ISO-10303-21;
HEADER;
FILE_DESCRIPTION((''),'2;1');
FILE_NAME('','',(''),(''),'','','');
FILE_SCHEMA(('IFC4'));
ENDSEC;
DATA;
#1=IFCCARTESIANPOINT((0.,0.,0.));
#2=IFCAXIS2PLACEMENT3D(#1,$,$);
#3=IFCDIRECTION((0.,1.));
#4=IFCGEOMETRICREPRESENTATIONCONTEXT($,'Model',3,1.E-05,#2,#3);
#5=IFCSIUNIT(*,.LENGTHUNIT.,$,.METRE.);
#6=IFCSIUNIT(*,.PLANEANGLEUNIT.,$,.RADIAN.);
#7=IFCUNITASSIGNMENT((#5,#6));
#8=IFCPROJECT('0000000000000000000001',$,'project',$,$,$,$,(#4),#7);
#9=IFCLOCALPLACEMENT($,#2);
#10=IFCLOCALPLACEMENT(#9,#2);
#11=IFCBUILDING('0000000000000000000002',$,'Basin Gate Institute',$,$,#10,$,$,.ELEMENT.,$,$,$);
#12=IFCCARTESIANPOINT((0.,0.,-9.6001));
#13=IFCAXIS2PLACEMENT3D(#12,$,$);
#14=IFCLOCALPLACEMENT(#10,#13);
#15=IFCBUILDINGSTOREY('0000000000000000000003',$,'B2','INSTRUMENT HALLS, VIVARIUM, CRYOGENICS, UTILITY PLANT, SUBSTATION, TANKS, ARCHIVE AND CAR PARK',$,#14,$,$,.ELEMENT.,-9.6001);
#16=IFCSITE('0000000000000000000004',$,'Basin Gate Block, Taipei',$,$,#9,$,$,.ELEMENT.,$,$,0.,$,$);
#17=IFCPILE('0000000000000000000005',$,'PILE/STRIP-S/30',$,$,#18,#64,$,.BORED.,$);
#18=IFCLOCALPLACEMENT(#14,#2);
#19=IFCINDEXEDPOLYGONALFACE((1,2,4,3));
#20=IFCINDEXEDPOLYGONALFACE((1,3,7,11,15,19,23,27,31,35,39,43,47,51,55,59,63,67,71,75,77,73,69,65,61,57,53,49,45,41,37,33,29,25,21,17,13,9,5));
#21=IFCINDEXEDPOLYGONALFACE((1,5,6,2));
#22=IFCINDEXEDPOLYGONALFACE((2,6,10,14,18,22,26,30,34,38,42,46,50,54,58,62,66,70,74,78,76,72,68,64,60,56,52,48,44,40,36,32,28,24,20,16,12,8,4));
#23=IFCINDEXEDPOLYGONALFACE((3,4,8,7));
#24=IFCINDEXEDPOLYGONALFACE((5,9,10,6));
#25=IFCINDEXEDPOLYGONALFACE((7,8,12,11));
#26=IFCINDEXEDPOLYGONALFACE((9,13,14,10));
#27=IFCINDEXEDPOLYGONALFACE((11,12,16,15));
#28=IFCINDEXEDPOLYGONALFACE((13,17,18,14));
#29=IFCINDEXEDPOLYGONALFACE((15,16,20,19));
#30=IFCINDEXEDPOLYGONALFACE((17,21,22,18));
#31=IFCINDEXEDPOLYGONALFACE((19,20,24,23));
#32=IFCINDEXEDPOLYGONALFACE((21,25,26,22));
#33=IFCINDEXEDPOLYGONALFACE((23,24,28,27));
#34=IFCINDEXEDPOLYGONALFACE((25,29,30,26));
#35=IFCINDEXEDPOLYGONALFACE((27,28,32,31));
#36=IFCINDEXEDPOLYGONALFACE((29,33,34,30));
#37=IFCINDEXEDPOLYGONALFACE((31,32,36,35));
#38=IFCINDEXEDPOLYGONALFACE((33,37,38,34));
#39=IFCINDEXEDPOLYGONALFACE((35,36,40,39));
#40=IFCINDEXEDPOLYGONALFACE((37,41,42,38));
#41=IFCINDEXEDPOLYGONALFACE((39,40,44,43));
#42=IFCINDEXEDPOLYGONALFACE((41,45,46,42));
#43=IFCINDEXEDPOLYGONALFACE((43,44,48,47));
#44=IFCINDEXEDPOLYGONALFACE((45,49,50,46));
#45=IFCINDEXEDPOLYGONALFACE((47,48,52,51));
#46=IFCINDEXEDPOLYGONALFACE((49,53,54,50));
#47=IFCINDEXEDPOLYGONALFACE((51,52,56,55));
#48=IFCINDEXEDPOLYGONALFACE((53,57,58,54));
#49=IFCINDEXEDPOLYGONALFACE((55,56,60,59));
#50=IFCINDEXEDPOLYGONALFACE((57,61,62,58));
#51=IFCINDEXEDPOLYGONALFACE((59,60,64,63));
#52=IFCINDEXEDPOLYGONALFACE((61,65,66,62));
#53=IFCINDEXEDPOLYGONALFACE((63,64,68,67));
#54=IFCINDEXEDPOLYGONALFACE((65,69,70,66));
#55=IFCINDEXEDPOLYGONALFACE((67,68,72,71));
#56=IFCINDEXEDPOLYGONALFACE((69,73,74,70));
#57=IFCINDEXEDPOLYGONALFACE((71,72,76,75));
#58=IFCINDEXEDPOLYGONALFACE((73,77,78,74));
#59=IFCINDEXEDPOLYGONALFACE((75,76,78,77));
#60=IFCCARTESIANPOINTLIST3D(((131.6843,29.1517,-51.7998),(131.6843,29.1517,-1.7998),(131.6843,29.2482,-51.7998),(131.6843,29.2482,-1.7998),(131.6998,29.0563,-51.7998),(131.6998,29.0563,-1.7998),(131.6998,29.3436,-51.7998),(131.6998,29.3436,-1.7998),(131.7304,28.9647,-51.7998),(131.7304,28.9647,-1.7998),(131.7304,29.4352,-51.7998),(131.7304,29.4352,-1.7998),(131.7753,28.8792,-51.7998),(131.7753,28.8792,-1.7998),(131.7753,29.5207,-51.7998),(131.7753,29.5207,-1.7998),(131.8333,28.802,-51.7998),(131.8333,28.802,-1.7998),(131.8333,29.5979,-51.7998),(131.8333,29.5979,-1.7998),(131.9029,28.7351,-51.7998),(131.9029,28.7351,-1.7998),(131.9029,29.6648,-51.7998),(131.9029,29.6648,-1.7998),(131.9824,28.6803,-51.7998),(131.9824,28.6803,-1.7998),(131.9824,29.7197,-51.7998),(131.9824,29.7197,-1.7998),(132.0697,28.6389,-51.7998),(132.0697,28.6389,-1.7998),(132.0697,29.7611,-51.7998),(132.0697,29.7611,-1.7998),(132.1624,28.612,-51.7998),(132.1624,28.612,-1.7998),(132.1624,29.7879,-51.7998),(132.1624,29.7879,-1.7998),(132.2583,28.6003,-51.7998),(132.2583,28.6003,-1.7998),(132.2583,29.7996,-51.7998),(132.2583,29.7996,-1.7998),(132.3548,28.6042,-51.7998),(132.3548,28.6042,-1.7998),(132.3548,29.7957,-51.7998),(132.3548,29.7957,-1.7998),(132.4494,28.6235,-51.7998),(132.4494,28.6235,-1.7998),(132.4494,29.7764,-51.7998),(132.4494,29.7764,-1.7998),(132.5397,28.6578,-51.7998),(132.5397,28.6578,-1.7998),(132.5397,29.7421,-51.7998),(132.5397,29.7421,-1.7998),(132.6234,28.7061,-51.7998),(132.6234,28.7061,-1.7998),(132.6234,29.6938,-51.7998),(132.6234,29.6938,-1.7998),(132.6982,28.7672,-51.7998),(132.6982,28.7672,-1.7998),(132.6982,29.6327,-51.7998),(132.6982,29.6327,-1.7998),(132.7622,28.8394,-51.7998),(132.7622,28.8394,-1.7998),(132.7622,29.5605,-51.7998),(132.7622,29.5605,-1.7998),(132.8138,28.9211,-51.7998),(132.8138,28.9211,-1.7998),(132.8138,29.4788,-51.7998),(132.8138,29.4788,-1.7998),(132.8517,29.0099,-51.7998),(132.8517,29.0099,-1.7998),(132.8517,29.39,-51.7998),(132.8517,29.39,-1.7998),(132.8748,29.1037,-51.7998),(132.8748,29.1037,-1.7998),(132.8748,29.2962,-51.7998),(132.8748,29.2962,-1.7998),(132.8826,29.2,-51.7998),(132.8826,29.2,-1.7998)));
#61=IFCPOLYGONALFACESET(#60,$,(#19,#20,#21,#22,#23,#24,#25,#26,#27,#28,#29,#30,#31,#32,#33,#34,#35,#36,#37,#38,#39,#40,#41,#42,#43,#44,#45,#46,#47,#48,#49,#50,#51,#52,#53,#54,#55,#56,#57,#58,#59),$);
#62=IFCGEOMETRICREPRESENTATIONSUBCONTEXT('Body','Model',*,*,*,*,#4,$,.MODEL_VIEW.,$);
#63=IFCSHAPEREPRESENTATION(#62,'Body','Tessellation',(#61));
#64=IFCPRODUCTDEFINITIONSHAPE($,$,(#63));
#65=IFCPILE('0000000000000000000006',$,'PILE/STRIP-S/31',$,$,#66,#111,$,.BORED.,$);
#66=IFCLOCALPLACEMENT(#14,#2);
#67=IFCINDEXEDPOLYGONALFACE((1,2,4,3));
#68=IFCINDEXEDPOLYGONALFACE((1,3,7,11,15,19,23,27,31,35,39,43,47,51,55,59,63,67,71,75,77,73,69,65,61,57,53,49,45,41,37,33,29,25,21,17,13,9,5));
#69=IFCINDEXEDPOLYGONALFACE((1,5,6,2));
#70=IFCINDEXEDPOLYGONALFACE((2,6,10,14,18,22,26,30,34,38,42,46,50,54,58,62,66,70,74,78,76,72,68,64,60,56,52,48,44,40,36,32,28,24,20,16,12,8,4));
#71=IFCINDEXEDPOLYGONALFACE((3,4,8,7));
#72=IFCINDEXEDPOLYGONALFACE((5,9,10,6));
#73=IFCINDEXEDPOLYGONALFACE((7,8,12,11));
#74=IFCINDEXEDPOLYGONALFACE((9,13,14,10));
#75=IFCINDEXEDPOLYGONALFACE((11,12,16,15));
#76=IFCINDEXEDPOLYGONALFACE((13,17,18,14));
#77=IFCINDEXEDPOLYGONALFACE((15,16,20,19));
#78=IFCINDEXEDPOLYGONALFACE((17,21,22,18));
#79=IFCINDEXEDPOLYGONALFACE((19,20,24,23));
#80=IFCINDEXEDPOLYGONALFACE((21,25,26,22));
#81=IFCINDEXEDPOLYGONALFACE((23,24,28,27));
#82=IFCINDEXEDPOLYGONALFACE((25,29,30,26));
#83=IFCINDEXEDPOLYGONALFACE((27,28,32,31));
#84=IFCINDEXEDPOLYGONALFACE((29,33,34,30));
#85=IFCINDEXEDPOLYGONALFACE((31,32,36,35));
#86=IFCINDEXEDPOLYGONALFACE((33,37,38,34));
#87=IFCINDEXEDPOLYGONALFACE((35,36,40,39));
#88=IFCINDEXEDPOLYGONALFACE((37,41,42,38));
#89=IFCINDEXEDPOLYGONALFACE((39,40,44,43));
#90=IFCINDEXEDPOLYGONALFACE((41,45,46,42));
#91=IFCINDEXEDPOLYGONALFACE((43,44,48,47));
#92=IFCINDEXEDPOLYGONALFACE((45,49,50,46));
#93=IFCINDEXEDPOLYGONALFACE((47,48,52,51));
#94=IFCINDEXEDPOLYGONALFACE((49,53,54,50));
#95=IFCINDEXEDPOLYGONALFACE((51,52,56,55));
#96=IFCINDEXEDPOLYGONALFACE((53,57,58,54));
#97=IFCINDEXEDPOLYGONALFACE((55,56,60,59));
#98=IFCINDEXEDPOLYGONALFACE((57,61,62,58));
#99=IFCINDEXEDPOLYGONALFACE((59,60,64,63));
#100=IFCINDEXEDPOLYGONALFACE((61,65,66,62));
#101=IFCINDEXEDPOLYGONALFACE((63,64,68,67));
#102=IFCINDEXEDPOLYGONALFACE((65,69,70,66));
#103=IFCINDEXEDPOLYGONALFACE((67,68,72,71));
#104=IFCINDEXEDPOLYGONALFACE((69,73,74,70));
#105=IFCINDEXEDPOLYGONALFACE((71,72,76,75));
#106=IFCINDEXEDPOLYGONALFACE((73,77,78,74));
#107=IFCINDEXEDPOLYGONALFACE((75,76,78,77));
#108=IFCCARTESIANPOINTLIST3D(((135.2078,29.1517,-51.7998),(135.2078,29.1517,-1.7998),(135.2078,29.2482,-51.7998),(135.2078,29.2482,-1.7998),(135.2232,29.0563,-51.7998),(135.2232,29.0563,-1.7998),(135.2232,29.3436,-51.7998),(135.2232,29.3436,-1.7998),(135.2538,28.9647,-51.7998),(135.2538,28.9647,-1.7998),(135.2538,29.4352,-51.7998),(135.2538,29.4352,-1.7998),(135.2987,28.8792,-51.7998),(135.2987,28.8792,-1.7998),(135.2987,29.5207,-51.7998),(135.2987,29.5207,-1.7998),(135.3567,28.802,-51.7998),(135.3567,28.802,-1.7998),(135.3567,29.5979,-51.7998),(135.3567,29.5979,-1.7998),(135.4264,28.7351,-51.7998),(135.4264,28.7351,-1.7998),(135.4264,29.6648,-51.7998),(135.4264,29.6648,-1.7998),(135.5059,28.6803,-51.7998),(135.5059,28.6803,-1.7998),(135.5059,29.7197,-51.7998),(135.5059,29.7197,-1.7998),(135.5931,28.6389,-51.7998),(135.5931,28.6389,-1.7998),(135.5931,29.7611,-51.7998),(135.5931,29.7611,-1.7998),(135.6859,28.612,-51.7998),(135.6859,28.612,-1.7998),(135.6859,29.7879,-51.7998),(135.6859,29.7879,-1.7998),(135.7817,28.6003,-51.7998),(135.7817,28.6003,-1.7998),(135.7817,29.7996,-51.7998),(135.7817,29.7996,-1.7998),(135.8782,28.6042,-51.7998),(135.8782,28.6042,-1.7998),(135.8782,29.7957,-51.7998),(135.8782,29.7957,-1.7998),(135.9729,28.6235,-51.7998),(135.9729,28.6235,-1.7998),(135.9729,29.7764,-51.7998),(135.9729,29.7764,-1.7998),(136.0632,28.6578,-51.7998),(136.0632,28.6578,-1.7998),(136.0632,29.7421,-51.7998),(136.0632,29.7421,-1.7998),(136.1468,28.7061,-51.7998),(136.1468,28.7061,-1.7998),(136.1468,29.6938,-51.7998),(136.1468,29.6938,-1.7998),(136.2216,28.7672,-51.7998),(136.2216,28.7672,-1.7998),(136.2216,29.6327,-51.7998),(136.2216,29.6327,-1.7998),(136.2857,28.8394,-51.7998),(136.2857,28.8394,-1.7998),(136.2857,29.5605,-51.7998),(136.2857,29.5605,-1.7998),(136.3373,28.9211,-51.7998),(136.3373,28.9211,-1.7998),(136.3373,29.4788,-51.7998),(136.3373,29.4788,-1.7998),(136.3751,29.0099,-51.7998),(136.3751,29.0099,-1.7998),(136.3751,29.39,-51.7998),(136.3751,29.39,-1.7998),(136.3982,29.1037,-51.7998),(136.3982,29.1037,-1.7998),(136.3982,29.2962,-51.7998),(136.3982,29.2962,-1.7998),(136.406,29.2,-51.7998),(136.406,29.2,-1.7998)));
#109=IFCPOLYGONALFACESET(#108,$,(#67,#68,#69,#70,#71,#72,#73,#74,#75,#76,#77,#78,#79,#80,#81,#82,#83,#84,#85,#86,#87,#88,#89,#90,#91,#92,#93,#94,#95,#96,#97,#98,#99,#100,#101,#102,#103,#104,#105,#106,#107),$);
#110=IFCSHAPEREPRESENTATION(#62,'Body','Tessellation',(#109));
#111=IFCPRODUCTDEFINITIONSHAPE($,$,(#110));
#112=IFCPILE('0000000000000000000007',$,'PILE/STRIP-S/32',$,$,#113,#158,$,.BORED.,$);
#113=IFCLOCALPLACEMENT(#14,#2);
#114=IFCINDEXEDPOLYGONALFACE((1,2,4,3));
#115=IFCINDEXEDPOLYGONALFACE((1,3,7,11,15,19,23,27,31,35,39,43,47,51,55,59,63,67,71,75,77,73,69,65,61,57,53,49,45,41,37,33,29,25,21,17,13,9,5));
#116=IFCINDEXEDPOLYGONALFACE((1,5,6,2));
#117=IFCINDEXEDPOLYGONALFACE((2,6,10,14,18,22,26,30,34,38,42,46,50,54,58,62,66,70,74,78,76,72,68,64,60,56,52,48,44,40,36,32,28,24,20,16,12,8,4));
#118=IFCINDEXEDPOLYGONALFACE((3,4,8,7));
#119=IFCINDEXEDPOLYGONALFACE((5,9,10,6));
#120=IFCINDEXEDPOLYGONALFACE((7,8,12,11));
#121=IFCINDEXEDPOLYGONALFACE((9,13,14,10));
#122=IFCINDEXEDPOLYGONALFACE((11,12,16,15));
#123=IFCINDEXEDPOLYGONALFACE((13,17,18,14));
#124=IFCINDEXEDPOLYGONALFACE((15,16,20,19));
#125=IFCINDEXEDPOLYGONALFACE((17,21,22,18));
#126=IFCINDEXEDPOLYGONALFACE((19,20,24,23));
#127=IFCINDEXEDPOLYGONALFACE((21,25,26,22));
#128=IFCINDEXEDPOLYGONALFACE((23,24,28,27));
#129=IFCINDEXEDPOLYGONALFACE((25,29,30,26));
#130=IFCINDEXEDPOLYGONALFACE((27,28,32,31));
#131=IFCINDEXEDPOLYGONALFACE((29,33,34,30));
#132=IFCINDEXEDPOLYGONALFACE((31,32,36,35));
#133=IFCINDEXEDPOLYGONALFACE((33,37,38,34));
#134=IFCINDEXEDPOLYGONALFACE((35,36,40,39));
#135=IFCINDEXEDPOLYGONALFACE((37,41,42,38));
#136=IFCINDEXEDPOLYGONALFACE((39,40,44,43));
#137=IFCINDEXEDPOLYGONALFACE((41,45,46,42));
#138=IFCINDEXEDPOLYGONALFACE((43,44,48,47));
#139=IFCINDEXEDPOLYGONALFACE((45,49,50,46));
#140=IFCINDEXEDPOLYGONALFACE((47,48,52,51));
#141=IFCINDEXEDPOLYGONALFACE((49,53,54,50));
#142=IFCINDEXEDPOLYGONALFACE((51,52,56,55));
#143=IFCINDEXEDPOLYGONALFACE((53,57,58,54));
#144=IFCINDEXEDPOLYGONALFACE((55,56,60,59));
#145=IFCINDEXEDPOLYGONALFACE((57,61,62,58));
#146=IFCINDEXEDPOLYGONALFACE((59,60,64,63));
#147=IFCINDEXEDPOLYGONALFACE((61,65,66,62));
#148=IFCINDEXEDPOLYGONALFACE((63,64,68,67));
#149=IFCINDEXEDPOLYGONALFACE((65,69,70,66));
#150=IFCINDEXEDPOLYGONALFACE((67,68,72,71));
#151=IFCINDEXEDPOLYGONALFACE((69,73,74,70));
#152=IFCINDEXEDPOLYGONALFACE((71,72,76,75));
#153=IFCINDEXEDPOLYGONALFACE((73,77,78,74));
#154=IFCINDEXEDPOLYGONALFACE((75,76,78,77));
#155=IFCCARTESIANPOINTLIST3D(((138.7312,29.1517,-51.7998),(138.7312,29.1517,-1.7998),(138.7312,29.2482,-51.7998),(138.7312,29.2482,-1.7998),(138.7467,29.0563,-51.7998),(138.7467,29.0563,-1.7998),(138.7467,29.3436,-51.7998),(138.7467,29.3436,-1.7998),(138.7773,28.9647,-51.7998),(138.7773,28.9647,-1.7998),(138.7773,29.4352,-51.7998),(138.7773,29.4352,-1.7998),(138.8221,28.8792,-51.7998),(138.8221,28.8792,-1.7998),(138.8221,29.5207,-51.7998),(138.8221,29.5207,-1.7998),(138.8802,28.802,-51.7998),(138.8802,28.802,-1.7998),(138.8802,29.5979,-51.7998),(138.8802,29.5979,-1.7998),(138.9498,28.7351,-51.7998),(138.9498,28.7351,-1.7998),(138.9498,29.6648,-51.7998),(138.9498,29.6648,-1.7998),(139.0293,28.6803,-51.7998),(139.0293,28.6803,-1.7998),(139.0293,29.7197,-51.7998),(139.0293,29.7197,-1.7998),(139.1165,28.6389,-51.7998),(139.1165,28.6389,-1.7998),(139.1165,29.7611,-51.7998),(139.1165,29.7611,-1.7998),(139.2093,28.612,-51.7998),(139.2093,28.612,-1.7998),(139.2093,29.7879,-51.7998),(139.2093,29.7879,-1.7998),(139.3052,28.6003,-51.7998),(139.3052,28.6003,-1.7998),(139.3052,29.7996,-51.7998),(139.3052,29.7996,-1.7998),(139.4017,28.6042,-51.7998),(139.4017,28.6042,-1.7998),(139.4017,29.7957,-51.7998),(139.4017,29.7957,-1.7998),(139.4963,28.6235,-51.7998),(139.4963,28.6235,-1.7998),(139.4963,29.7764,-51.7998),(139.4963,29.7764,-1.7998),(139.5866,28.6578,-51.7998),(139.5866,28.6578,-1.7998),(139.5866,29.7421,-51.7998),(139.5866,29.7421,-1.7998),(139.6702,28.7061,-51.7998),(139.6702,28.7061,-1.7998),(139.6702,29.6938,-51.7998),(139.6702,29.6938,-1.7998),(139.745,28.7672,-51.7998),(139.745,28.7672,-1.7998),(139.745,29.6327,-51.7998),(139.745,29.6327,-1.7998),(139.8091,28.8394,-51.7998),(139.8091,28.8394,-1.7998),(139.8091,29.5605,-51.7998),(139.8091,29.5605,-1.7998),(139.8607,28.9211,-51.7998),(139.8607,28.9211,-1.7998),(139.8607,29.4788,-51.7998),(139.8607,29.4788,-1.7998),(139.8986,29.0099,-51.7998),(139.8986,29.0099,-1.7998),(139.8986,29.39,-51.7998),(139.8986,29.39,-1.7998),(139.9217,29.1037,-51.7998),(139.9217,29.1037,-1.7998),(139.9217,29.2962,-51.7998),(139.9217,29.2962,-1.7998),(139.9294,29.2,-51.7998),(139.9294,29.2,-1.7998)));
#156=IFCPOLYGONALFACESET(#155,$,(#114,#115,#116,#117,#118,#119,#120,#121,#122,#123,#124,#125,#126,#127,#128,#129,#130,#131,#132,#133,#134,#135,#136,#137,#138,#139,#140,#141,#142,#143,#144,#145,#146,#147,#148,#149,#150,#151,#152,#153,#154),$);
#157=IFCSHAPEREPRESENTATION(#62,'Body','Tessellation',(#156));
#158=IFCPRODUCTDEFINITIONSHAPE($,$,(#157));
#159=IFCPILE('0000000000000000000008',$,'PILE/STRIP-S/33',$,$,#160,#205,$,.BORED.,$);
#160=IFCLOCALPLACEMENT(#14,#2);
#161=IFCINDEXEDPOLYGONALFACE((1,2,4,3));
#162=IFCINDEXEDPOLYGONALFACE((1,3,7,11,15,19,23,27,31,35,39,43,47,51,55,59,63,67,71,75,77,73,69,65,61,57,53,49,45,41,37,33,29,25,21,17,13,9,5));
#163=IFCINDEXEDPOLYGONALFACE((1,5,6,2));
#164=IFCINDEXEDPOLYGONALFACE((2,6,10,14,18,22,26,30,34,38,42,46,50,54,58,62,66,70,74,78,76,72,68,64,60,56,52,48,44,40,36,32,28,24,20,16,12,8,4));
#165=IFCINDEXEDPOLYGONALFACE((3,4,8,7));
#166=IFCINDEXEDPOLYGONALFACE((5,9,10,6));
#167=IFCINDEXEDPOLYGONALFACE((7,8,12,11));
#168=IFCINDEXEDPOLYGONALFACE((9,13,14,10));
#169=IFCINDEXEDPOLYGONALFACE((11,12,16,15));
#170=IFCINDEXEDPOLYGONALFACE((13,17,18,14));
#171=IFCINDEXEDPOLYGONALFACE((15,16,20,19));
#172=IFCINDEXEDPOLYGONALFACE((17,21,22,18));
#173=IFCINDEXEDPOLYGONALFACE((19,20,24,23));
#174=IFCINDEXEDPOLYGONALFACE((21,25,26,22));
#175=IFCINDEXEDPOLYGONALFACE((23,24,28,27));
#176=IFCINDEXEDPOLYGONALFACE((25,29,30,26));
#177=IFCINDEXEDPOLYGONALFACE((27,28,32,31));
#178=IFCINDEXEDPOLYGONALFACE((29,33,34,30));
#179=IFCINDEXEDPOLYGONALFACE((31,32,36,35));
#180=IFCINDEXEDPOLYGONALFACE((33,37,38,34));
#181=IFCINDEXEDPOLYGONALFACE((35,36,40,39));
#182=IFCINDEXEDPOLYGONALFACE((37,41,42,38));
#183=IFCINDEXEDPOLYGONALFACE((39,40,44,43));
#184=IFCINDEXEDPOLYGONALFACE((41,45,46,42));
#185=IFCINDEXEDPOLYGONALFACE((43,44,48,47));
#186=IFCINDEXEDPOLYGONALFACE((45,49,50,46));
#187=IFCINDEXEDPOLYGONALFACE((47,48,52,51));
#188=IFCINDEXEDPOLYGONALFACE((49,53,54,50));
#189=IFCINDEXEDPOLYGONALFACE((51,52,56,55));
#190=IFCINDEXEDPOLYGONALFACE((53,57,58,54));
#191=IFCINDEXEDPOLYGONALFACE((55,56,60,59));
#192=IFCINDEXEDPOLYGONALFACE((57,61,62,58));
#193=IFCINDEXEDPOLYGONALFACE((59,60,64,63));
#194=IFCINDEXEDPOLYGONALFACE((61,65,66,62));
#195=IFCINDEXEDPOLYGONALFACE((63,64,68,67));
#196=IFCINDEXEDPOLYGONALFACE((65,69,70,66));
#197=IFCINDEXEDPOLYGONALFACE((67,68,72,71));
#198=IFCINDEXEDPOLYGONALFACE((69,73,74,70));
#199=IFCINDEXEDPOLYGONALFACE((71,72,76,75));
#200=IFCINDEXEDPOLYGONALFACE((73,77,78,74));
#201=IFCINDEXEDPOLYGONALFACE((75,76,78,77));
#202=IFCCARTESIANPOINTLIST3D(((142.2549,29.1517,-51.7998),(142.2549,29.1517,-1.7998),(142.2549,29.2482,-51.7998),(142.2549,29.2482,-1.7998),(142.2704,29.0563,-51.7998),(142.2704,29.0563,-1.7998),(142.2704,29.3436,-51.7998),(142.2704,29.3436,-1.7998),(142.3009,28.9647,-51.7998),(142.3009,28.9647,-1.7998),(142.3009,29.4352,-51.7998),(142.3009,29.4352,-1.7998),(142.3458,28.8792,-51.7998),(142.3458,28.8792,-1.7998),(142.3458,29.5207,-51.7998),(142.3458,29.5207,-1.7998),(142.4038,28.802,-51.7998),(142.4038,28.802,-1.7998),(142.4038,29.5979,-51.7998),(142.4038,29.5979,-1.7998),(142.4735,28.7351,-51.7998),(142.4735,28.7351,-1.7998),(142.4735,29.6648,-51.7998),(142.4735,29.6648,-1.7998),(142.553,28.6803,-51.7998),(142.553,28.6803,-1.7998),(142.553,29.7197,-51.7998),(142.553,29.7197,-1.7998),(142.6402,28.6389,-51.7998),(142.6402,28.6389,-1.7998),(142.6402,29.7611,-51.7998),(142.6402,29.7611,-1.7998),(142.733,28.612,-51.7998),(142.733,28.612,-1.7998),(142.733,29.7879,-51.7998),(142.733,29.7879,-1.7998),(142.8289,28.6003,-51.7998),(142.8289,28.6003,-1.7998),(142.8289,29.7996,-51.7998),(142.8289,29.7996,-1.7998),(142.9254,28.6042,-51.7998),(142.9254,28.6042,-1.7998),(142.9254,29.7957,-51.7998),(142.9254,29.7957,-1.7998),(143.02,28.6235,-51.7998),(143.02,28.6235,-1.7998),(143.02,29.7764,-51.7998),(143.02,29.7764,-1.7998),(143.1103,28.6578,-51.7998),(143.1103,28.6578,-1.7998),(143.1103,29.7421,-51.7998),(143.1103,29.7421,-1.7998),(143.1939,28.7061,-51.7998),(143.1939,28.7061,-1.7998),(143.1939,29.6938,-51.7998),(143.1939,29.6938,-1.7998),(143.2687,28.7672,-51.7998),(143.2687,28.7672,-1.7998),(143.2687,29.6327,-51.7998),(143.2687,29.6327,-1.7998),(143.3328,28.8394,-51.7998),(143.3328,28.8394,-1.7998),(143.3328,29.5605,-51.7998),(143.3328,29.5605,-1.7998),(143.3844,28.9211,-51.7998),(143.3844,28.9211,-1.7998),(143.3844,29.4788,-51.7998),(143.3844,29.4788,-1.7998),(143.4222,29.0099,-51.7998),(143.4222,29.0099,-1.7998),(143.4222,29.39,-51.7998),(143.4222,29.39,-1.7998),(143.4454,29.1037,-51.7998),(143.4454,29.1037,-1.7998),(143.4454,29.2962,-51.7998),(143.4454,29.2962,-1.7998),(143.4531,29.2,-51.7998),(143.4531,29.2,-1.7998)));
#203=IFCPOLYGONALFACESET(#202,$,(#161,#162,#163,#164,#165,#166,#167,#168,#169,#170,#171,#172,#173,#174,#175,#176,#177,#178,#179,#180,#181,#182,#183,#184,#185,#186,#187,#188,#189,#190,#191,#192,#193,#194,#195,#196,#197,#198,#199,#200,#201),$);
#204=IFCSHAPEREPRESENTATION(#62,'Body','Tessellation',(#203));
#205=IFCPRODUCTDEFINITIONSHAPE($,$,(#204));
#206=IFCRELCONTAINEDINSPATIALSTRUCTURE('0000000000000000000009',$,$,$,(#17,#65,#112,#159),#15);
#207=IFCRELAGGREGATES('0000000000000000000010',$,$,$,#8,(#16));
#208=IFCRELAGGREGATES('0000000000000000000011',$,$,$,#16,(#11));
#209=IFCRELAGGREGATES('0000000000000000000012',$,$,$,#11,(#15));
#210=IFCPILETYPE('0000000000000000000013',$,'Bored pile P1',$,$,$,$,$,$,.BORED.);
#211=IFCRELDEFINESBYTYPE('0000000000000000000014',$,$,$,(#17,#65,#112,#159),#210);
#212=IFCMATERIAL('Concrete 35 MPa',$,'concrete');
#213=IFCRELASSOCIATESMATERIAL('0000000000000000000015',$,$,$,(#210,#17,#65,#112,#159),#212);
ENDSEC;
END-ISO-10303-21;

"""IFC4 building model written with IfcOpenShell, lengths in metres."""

from ifc_helpers import new_model, si_unit, direction, frame, origin, origin_2d, place, context, subcontext, project, spatial, circle, extrude, material, material_profile, profile_set, type_object, element, save


model = new_model("IFC4")

# Units and contexts
model_context = context("Model", 3, precision=1e-05, world=origin(), true_north=direction((0.0, 1.0)))
body_context = subcontext(model_context, "Body", "Model", "MODEL_VIEW")
ifc_project = project(units=[si_unit("LENGTHUNIT", "METRE"), si_unit("PLANEANGLEUNIT", "RADIAN")], contexts=[model_context])

# Site, building, storey
site_placement = place(None, origin())
site = spatial("IfcSite", under=ifc_project, at=site_placement, Name="Basin Gate Block, Taipei", CompositionType="ELEMENT", RefElevation=0.0)
building_placement = place(site_placement, origin())
building = spatial("IfcBuilding", under=site, at=building_placement, Name="Basin Gate Institute", CompositionType="ELEMENT")
storey_placement = place(building_placement, frame((0.0, 0.0, -9.6001)))
storey = spatial("IfcBuildingStorey", under=building, at=storey_placement, Name="B2", Description="INSTRUMENT HALLS, VIVARIUM, CRYOGENICS, UTILITY PLANT, SUBSTATION, TANKS, ARCHIVE AND CAR PARK", CompositionType="ELEMENT", Elevation=-9.6001)

# Piles
ifc_material_1 = material(Name="Concrete 35 MPa", Category="concrete")
ifc_material_profile_1 = material_profile(ifc_material_1, circle(Radius=0.6001, at=origin_2d()), Name="Bored pile P1 1200 dia")
ifc_profile_set_1 = profile_set([ifc_material_profile_1], Name="Concrete 35 MPa")
pile_type = type_object("IfcPileType", Name="Bored pile P1", PredefinedType="BORED", material=ifc_profile_set_1)
for number, where, z_axis, x_axis, name in (
    (1, (132.2825, 29.2, -1.7998), (0.0, 0.0, -1.0), (1.0, 0.0, 0.0), "PILE/STRIP-S/30"),
    (2, (135.8059, 29.2, -1.7998), (0.0, 0.0, -1.0), (1.0, 0.0, 0.0), "PILE/STRIP-S/31"),
    (3, (139.3293, 29.2, -1.7998), (0.0, 0.0, -1.0), (1.0, 0.0, 0.0), "PILE/STRIP-S/32"),
    (4, (142.853, 29.2, -1.7998), (0.0, 0.0, -1.0), (1.0, 0.0, 0.0), "PILE/STRIP-S/33"),
):
    element("IfcPile", number, at=place(storey_placement, frame(where, z_axis=z_axis, x_axis=x_axis)), inside=storey, type_object=pile_type, material=ifc_profile_set_1, Name=name, PredefinedType="BORED", context=body_context, shape_type="SweptSolid", body=[
        extrude(circle(Radius=0.6001, at=origin_2d()), origin(), (0.0, 0.0, 1.0), 50.0),
    ])

save(model, "model.ifc")
